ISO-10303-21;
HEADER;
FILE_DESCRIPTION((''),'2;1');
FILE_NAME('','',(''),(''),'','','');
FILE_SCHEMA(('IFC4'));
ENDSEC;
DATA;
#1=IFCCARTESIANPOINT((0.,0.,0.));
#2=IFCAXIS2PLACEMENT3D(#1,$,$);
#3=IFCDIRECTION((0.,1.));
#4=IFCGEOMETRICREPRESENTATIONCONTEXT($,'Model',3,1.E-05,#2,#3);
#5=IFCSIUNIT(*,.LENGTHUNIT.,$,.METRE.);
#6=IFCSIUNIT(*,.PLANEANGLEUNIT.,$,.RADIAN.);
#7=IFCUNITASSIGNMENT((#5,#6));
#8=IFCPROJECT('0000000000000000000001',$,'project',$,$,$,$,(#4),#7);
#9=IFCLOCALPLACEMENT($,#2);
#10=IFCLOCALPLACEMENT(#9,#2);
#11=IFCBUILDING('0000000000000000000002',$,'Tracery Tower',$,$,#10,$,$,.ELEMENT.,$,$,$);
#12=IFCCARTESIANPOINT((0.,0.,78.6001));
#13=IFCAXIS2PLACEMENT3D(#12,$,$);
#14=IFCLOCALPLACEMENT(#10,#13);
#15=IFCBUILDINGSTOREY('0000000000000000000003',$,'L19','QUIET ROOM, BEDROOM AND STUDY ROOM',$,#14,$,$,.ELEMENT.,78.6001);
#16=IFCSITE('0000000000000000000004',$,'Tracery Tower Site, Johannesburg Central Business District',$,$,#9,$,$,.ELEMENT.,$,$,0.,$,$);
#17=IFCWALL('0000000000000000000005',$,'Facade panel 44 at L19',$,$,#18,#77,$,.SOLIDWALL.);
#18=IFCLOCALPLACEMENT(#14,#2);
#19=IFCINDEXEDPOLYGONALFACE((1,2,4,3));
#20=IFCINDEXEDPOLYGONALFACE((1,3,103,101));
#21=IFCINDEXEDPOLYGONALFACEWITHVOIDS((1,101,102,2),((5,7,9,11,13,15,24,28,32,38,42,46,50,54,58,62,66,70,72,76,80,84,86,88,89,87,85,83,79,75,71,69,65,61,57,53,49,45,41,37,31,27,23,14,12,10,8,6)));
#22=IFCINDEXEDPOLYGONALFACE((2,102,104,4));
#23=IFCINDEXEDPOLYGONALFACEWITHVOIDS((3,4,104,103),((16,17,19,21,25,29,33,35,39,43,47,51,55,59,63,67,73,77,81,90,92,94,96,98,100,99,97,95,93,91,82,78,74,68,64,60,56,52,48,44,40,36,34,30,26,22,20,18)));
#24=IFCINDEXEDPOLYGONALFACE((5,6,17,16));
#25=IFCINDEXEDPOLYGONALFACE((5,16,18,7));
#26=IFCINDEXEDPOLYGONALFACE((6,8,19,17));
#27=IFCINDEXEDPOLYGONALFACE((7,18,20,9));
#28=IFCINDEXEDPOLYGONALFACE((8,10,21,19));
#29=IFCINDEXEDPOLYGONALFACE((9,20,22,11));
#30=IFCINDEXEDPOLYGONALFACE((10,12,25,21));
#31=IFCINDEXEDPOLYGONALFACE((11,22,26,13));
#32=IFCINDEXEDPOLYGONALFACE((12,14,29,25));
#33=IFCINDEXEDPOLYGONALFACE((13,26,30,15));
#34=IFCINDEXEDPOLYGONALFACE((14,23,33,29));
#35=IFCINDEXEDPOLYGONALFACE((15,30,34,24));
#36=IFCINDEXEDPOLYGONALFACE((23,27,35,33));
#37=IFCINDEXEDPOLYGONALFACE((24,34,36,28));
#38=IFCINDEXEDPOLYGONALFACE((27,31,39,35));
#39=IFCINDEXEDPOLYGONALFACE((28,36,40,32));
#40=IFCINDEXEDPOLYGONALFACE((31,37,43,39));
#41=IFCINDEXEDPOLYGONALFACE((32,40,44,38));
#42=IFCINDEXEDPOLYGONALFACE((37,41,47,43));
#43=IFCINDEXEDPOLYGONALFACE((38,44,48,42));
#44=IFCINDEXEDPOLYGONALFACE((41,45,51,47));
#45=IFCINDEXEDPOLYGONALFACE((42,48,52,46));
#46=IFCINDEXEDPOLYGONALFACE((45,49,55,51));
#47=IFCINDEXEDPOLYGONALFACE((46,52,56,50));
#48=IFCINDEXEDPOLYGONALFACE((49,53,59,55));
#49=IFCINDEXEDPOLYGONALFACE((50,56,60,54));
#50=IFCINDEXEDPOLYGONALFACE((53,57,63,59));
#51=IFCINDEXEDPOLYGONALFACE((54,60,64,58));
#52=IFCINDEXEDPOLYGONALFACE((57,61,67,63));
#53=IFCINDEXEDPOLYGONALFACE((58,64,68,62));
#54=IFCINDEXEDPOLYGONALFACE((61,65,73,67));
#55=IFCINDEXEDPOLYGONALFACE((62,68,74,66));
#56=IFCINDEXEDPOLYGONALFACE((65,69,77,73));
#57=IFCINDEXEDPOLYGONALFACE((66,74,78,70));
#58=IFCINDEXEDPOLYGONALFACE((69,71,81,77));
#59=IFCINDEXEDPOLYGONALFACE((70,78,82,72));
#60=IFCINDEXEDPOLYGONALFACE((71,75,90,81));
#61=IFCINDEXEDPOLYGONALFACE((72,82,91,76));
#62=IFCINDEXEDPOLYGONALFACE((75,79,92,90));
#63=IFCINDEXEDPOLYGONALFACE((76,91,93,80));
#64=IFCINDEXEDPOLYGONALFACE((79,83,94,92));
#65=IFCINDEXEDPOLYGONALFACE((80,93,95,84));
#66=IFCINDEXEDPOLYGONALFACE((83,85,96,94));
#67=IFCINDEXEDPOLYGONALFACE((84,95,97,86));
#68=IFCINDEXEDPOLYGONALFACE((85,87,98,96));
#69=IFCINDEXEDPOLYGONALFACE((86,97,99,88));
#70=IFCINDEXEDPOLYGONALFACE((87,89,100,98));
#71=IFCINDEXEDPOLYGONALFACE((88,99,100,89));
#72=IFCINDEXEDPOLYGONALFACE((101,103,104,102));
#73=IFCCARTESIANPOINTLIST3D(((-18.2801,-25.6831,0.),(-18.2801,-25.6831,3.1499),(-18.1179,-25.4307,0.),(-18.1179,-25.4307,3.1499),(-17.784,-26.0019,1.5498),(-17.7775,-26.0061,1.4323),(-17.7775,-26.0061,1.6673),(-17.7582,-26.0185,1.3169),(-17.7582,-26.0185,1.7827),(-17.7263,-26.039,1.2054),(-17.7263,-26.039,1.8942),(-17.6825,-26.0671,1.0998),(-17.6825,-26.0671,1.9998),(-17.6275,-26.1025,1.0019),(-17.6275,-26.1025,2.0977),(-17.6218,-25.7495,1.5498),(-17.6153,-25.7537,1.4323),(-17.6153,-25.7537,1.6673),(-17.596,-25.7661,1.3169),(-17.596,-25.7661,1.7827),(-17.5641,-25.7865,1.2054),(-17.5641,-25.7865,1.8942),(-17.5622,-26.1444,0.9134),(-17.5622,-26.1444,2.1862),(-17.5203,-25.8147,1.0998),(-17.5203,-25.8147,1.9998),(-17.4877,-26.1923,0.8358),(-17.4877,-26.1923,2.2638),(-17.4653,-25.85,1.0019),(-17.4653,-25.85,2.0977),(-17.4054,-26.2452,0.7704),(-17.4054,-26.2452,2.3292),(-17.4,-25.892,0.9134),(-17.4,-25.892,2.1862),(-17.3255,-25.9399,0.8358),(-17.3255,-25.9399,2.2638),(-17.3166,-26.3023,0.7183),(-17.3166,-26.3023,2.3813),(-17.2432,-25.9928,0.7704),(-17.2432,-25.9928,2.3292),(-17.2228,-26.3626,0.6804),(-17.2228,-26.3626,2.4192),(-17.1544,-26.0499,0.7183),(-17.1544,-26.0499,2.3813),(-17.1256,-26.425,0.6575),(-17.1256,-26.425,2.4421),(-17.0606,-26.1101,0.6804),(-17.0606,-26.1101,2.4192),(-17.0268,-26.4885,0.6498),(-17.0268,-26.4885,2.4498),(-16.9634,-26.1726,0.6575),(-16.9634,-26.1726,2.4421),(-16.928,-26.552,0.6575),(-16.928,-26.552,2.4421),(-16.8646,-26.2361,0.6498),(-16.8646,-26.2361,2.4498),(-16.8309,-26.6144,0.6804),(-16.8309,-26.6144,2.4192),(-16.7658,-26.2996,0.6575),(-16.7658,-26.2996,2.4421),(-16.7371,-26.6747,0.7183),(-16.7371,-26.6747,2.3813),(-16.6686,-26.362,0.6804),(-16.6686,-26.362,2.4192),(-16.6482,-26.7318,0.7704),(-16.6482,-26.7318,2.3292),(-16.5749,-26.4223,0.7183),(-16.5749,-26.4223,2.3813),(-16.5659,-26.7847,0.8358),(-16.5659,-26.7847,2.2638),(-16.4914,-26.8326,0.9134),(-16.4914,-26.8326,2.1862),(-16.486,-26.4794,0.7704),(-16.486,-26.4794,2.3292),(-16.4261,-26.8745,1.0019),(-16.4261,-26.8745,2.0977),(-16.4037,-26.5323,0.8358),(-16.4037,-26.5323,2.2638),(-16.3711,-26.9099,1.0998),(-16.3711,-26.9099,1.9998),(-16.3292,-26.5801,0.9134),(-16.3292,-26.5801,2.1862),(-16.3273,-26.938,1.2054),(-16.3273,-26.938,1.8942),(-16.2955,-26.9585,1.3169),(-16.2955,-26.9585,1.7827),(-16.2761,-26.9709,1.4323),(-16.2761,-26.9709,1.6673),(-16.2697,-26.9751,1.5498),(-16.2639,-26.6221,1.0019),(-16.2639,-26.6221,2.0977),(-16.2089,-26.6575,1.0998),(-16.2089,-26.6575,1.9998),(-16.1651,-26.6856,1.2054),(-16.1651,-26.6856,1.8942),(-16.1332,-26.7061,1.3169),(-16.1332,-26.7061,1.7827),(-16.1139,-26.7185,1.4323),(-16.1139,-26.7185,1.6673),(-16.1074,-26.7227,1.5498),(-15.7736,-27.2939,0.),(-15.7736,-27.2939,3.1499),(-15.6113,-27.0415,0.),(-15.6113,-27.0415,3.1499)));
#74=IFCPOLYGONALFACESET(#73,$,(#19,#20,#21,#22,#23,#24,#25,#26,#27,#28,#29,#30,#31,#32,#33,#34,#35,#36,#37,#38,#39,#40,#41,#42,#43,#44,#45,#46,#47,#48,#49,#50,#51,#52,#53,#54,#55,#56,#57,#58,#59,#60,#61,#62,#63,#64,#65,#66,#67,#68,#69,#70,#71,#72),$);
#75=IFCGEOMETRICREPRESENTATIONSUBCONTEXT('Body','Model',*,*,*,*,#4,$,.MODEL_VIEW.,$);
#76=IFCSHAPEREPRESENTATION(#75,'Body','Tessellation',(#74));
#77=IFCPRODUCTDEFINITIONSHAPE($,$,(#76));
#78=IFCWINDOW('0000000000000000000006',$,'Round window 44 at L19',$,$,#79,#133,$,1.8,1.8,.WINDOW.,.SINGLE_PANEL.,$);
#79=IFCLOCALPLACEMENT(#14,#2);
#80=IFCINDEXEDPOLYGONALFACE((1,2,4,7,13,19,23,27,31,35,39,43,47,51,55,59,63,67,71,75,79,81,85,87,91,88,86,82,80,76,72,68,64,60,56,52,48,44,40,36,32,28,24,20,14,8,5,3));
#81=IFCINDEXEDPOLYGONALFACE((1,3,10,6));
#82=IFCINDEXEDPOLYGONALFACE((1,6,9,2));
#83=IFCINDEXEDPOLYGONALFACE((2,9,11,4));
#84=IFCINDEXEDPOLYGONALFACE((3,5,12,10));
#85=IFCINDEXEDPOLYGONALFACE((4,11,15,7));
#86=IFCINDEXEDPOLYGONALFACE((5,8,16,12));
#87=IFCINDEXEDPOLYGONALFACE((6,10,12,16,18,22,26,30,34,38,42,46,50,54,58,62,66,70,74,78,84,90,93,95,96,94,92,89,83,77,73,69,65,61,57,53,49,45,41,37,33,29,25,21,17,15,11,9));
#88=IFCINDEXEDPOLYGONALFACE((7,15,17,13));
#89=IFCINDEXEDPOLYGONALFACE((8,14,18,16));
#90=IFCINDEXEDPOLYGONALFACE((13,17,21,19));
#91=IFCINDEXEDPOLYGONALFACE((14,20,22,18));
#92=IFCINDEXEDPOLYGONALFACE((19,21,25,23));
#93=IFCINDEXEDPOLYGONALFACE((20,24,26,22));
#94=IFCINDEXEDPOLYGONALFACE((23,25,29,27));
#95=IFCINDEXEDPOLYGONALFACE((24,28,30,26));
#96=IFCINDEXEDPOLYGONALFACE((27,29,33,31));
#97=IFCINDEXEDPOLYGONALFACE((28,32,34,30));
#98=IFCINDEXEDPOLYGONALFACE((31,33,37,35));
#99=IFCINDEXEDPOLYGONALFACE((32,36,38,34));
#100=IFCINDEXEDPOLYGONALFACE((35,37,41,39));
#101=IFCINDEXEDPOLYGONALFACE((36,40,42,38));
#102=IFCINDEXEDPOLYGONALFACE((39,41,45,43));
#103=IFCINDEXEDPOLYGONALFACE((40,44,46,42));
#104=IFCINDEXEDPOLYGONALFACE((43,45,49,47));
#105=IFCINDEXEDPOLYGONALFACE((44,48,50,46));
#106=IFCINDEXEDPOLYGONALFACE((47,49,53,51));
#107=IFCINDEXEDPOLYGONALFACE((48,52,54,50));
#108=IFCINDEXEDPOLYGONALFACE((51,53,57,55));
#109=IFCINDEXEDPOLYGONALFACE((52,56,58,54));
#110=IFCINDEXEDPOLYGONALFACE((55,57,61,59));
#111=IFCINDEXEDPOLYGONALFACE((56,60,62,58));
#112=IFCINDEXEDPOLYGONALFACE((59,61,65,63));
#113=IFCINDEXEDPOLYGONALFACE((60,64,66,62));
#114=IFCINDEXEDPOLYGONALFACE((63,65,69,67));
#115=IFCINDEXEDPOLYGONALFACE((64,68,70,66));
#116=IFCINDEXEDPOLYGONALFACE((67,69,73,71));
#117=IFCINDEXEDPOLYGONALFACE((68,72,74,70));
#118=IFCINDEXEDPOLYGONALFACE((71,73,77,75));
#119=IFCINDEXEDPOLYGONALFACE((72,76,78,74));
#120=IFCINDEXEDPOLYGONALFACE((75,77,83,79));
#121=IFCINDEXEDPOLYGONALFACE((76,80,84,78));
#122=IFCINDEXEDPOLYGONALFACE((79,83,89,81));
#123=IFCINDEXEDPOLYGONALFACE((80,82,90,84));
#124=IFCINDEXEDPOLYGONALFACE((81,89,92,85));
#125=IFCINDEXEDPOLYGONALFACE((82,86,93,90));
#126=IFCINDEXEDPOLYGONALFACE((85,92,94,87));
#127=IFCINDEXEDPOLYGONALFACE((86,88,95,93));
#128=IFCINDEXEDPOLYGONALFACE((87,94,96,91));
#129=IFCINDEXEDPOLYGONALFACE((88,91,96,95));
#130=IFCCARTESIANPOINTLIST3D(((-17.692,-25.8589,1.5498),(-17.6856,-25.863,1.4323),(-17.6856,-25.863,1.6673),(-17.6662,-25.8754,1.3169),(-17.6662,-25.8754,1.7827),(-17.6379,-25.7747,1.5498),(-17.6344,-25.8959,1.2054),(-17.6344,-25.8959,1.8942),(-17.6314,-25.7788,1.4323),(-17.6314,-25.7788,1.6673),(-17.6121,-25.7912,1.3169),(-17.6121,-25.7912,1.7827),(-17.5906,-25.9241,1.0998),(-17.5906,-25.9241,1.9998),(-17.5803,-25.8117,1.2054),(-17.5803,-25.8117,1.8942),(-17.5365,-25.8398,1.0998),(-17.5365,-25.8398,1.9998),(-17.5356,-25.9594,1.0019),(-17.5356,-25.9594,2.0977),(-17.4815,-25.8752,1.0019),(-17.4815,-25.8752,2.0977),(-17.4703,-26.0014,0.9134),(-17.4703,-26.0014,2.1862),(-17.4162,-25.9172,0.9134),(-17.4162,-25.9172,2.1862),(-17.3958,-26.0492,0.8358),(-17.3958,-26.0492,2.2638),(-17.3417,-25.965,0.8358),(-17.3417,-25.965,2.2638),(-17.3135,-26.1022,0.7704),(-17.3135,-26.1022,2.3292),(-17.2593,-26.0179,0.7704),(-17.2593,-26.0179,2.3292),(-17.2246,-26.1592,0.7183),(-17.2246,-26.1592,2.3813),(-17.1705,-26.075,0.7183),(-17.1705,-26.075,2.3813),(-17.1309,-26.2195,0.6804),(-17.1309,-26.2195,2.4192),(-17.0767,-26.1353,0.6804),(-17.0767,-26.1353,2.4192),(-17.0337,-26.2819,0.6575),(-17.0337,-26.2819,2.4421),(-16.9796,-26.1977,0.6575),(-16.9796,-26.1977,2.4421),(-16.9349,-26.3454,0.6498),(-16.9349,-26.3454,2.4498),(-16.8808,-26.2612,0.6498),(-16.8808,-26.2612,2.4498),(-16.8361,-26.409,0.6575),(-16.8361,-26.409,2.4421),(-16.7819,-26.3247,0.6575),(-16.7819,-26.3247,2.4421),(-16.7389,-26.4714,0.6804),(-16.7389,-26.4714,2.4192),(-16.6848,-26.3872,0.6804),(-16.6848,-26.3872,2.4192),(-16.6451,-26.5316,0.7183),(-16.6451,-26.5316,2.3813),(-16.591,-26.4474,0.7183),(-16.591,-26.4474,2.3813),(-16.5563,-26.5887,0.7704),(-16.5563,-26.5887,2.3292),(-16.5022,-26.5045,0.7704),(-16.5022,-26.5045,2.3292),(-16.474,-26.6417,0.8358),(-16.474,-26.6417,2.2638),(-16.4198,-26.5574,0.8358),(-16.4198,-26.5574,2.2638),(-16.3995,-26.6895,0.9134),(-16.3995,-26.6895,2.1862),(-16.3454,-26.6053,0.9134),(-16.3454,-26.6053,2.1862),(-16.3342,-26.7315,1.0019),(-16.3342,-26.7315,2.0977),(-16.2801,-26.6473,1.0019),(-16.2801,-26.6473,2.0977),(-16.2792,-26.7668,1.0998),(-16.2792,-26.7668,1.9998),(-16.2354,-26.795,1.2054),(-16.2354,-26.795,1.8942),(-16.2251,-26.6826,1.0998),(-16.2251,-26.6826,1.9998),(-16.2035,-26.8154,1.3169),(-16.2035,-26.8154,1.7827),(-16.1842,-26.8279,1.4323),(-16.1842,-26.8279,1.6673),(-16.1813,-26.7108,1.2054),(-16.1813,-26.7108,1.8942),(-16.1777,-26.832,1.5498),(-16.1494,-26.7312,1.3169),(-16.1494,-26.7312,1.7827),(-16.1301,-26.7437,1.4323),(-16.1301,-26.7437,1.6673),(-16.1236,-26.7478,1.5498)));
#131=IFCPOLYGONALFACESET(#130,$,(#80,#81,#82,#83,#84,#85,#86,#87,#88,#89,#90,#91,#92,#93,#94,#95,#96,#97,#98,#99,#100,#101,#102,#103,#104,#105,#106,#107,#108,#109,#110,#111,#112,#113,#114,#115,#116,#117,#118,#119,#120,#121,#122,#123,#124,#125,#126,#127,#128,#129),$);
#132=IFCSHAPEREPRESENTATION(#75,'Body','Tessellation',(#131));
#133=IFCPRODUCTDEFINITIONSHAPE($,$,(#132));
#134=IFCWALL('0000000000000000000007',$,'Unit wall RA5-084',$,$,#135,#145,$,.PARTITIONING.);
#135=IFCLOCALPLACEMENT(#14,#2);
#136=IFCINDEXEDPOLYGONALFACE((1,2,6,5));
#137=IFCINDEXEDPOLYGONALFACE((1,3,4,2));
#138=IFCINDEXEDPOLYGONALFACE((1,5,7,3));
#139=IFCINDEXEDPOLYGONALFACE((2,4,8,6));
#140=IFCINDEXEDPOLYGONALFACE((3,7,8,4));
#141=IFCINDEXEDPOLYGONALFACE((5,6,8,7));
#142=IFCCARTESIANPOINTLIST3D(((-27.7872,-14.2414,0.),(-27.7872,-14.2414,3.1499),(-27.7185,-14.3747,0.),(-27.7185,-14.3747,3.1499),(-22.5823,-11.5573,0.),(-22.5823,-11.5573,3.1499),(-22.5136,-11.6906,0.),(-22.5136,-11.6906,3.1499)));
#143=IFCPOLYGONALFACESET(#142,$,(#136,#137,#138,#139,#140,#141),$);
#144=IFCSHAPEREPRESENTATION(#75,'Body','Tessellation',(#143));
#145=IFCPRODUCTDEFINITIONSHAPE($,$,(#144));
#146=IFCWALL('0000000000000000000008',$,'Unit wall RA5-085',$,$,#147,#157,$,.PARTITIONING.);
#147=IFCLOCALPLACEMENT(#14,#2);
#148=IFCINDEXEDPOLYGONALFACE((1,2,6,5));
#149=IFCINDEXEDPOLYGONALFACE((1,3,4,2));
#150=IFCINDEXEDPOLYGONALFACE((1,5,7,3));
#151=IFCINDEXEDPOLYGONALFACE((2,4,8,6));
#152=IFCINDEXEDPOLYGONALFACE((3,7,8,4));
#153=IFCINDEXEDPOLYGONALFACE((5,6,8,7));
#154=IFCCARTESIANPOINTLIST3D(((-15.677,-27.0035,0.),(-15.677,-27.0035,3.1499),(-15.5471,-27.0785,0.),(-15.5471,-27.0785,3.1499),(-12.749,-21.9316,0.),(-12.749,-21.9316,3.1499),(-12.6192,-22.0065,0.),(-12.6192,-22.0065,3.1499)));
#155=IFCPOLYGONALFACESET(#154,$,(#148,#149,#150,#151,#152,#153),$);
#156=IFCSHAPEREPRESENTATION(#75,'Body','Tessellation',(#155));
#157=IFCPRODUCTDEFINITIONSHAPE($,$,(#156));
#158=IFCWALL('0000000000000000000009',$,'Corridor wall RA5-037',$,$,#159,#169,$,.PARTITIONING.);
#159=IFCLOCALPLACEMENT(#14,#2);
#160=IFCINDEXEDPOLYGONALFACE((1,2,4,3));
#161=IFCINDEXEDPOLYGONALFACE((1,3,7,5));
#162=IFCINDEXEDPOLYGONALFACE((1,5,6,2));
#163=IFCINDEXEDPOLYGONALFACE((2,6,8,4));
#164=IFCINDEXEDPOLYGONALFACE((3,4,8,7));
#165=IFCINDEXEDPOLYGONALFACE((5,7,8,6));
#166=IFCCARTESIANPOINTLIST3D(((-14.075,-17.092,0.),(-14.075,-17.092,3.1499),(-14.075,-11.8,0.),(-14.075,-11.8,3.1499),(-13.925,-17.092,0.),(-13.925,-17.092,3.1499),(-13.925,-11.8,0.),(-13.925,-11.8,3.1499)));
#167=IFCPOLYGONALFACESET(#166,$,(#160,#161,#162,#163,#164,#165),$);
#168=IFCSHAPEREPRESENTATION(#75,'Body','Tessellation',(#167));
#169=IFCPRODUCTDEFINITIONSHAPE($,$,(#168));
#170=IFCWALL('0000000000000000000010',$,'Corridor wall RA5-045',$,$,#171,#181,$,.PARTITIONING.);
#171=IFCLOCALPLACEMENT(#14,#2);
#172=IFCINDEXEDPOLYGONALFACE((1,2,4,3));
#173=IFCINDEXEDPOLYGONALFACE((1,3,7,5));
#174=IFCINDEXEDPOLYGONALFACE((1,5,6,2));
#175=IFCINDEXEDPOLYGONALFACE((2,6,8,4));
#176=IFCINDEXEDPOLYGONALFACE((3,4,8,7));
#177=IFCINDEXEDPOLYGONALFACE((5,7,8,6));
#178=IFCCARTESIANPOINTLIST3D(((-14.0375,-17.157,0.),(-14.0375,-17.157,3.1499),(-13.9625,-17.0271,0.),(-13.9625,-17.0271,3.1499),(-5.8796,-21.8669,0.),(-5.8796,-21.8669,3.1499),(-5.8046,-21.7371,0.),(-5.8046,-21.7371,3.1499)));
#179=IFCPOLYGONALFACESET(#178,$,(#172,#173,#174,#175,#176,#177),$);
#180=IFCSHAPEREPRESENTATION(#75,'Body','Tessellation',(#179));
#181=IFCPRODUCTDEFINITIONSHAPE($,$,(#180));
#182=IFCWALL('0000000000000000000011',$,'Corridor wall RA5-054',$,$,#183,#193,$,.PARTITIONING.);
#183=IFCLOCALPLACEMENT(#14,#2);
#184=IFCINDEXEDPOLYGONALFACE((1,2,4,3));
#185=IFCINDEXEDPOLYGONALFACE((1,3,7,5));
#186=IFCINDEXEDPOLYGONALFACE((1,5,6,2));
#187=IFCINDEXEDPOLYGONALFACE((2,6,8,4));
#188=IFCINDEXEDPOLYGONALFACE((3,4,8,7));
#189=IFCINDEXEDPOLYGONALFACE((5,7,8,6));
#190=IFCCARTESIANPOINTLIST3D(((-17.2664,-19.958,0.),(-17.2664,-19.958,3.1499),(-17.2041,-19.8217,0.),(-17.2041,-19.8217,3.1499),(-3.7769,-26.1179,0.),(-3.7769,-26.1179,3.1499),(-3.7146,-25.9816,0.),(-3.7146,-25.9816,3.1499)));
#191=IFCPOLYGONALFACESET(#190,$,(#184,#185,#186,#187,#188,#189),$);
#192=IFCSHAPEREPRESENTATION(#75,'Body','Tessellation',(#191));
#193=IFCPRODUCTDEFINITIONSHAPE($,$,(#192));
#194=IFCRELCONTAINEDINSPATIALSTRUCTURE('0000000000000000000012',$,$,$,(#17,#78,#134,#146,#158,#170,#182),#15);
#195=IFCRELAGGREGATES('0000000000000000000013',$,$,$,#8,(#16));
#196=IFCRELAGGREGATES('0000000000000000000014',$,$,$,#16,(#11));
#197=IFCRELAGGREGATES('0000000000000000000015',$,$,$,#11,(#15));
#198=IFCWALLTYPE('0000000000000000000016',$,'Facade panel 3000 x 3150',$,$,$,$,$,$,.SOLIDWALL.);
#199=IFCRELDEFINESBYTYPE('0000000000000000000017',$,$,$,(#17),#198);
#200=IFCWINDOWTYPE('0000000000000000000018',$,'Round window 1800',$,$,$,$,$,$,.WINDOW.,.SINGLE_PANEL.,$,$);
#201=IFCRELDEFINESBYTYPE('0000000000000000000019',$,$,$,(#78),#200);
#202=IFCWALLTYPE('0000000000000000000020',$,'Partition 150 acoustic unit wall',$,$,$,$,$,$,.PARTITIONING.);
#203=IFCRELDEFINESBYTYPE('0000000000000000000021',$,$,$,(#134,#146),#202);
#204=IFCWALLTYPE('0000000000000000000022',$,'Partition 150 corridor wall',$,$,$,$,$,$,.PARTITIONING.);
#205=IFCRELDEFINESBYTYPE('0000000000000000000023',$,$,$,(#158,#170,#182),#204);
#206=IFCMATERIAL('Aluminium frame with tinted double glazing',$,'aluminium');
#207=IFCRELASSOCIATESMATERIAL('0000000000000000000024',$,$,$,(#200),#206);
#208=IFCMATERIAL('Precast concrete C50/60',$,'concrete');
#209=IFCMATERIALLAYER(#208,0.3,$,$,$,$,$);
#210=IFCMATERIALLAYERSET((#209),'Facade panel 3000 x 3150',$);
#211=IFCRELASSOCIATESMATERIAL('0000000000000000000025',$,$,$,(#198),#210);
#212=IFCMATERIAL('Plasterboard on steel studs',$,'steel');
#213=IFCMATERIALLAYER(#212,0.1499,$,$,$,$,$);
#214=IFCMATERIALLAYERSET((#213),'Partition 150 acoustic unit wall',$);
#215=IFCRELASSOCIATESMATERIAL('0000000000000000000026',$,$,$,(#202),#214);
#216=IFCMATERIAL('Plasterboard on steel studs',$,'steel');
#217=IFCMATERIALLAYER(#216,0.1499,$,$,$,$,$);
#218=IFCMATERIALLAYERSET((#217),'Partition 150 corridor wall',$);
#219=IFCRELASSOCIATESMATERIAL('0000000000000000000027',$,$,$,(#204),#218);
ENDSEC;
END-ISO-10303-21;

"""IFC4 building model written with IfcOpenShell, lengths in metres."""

from ifc_helpers import new_model, si_unit, direction, frame, frame_2d, origin, origin_2d, place, context, subcontext, project, spatial, rectangle, circle, extrude, material, layer, layer_set, type_object, element, fill, save


model = new_model("IFC4")

# Units and contexts
model_context = context("Model", 3, precision=1e-05, world=origin(), true_north=direction((0.0, 1.0)))
body_context = subcontext(model_context, "Body", "Model", "MODEL_VIEW")
ifc_project = project(units=[si_unit("LENGTHUNIT", "METRE"), si_unit("PLANEANGLEUNIT", "RADIAN")], contexts=[model_context])

# Site, building, storey
site_placement = place(None, origin())
site = spatial("IfcSite", under=ifc_project, at=site_placement, Name="Tracery Tower Site, Johannesburg Central Business District", CompositionType="ELEMENT", RefElevation=0.0)
building_placement = place(site_placement, origin())
building = spatial("IfcBuilding", under=site, at=building_placement, Name="Tracery Tower", CompositionType="ELEMENT")
storey_placement = place(building_placement, frame((0.0, 0.0, 78.6001)))
storey = spatial("IfcBuildingStorey", under=building, at=storey_placement, Name="L19", Description="QUIET ROOM, BEDROOM AND STUDY ROOM", CompositionType="ELEMENT", Elevation=78.6001)

# Wall, opening, window
ifc_material_1 = material(Name="Aluminium frame with tinted double glazing", Category="aluminium")
window_type = type_object("IfcWindowType", Name="Round window 1800", PartitioningType="SINGLE_PANEL", PredefinedType="WINDOW", material=ifc_material_1)
ifc_material_2 = material(Name="Precast concrete C50/60", Category="concrete")
ifc_layer_1 = layer(ifc_material_2, 0.3)
ifc_layer_set_1 = layer_set([ifc_layer_1], Name="Facade panel 3000 x 3150")
wall_type_1 = type_object("IfcWallType", Name="Facade panel 3000 x 3150", PredefinedType="SOLIDWALL", material=ifc_layer_set_1)
wall_1_placement = place(storey_placement, frame((-18.199, -25.5569, 0.0), z_axis=(0.0, 0.0, 1.0), x_axis=(0.841261, -0.540629, 0.0)))
wall_1 = element("IfcWall", 1, at=wall_1_placement, inside=storey, type_object=wall_type_1, Name="Facade panel 44 at L19", PredefinedType="SOLIDWALL", context=body_context, shape_type="SweptSolid", body=[
    extrude(rectangle(XDim=2.9795, YDim=0.3, at=frame_2d((1.4897, 0.0))), origin(), (0.0, 0.0, 1.0), 3.1499),
])
opening_1_placement = place(wall_1_placement, frame((1.4897, 0.0, 1.5498)))
opening_1 = element("IfcOpeningElement", 2, at=opening_1_placement, cuts=wall_1, PredefinedType="OPENING", context=body_context, shape_type="SweptSolid", body=[
    extrude(circle(Radius=0.9, at=origin_2d()), frame((0.0, 0.1599, 0.0), z_axis=(0.0, -1.0, 0.0), x_axis=(1.0, 0.0, 0.0)), (0.0, 0.0, 1.0), 0.3201),
])
window_1_placement = place(opening_1_placement, origin())
window_1 = element("IfcWindow", 3, at=window_1_placement, inside=storey, type_object=window_type, Name="Round window 44 at L19", OverallHeight=1.8, OverallWidth=1.8, PartitioningType="SINGLE_PANEL", PredefinedType="WINDOW", context=body_context, shape_type="SweptSolid", body=[
    extrude(circle(Radius=0.9, at=origin_2d()), frame((0.0, 0.1201, 0.0), z_axis=(0.0, -1.0, 0.0), x_axis=(1.0, 0.0, 0.0)), (0.0, 0.0, 1.0), 0.1001),
])
fill(opening_1, window_1)

# Walls
ifc_material_3 = material(Name="Plasterboard on steel studs", Category="steel")
ifc_layer_2 = layer(ifc_material_3, 0.1499)
ifc_layer_set_2 = layer_set([ifc_layer_2], Name="Partition 150 acoustic unit wall")
wall_type_2 = type_object("IfcWallType", Name="Partition 150 acoustic unit wall", PredefinedType="PARTITIONING", material=ifc_layer_set_2)
wall_2_placement = place(storey_placement, frame((-27.7529, -14.3081, 0.0), z_axis=(0.0, 0.0, 1.0), x_axis=(0.88878, 0.458335, 0.0)))
element("IfcWall", 4, at=wall_2_placement, inside=storey, type_object=wall_type_2, Name="Unit wall RA5-084", PredefinedType="PARTITIONING", context=body_context, shape_type="SweptSolid", body=[
    extrude(rectangle(XDim=5.8562, YDim=0.1499, at=frame_2d((2.9282, 0.0))), origin(), (0.0, 0.0, 1.0), 3.1499),
])
wall_3_placement = place(storey_placement, frame((-15.6121, -27.041, 0.0), z_axis=(0.0, 0.0, 1.0), x_axis=(0.499955, 0.866052, 0.0)))
element("IfcWall", 5, at=wall_3_placement, inside=storey, type_object=wall_type_2, Name="Unit wall RA5-085", PredefinedType="PARTITIONING", context=body_context, shape_type="SweptSolid", body=[
    extrude(rectangle(XDim=5.8564, YDim=0.1499, at=frame_2d((2.9282, 0.0))), origin(), (0.0, 0.0, 1.0), 3.1499),
])
ifc_material_4 = material(Name="Plasterboard on steel studs", Category="steel")
ifc_layer_3 = layer(ifc_material_4, 0.1499)
ifc_layer_set_3 = layer_set([ifc_layer_3], Name="Partition 150 corridor wall")
wall_type_3 = type_object("IfcWallType", Name="Partition 150 corridor wall", PredefinedType="PARTITIONING", material=ifc_layer_set_3)
wall_4_placement = place(storey_placement, frame((-14.0, -17.092, 0.0), z_axis=(0.0, 0.0, 1.0), x_axis=(0.0, 1.0, 0.0)))
element("IfcWall", 6, at=wall_4_placement, inside=storey, type_object=wall_type_3, Name="Corridor wall RA5-037", PredefinedType="PARTITIONING", context=body_context, shape_type="SweptSolid", body=[
    extrude(rectangle(XDim=5.292, YDim=0.1499, at=frame_2d((2.646, 0.0))), origin(), (0.0, 0.0, 1.0), 3.1499),
])
wall_5_placement = place(storey_placement, frame((-14.0, -17.092, 0.0), z_axis=(0.0, 0.0, 1.0), x_axis=(0.866027, -0.499997, 0.0)))
element("IfcWall", 7, at=wall_5_placement, inside=storey, type_object=wall_type_3, Name="Corridor wall RA5-045", PredefinedType="PARTITIONING", context=body_context, shape_type="SweptSolid", body=[
    extrude(rectangle(XDim=9.4199, YDim=0.1499, at=frame_2d((4.71, 0.0))), origin(), (0.0, 0.0, 1.0), 3.1499),
])
wall_6_placement = place(storey_placement, frame((-17.2351, -19.8899, 0.0), z_axis=(0.0, 0.0, 1.0), x_axis=(0.909646, -0.415385, 0.0)))
element("IfcWall", 8, at=wall_6_placement, inside=storey, type_object=wall_type_3, Name="Corridor wall RA5-054", PredefinedType="PARTITIONING", context=body_context, shape_type="SweptSolid", body=[
    extrude(rectangle(XDim=14.8293, YDim=0.1499, at=frame_2d((7.4146, 0.0))), origin(), (0.0, 0.0, 1.0), 3.1499),
])

save(model, "model.ifc")
